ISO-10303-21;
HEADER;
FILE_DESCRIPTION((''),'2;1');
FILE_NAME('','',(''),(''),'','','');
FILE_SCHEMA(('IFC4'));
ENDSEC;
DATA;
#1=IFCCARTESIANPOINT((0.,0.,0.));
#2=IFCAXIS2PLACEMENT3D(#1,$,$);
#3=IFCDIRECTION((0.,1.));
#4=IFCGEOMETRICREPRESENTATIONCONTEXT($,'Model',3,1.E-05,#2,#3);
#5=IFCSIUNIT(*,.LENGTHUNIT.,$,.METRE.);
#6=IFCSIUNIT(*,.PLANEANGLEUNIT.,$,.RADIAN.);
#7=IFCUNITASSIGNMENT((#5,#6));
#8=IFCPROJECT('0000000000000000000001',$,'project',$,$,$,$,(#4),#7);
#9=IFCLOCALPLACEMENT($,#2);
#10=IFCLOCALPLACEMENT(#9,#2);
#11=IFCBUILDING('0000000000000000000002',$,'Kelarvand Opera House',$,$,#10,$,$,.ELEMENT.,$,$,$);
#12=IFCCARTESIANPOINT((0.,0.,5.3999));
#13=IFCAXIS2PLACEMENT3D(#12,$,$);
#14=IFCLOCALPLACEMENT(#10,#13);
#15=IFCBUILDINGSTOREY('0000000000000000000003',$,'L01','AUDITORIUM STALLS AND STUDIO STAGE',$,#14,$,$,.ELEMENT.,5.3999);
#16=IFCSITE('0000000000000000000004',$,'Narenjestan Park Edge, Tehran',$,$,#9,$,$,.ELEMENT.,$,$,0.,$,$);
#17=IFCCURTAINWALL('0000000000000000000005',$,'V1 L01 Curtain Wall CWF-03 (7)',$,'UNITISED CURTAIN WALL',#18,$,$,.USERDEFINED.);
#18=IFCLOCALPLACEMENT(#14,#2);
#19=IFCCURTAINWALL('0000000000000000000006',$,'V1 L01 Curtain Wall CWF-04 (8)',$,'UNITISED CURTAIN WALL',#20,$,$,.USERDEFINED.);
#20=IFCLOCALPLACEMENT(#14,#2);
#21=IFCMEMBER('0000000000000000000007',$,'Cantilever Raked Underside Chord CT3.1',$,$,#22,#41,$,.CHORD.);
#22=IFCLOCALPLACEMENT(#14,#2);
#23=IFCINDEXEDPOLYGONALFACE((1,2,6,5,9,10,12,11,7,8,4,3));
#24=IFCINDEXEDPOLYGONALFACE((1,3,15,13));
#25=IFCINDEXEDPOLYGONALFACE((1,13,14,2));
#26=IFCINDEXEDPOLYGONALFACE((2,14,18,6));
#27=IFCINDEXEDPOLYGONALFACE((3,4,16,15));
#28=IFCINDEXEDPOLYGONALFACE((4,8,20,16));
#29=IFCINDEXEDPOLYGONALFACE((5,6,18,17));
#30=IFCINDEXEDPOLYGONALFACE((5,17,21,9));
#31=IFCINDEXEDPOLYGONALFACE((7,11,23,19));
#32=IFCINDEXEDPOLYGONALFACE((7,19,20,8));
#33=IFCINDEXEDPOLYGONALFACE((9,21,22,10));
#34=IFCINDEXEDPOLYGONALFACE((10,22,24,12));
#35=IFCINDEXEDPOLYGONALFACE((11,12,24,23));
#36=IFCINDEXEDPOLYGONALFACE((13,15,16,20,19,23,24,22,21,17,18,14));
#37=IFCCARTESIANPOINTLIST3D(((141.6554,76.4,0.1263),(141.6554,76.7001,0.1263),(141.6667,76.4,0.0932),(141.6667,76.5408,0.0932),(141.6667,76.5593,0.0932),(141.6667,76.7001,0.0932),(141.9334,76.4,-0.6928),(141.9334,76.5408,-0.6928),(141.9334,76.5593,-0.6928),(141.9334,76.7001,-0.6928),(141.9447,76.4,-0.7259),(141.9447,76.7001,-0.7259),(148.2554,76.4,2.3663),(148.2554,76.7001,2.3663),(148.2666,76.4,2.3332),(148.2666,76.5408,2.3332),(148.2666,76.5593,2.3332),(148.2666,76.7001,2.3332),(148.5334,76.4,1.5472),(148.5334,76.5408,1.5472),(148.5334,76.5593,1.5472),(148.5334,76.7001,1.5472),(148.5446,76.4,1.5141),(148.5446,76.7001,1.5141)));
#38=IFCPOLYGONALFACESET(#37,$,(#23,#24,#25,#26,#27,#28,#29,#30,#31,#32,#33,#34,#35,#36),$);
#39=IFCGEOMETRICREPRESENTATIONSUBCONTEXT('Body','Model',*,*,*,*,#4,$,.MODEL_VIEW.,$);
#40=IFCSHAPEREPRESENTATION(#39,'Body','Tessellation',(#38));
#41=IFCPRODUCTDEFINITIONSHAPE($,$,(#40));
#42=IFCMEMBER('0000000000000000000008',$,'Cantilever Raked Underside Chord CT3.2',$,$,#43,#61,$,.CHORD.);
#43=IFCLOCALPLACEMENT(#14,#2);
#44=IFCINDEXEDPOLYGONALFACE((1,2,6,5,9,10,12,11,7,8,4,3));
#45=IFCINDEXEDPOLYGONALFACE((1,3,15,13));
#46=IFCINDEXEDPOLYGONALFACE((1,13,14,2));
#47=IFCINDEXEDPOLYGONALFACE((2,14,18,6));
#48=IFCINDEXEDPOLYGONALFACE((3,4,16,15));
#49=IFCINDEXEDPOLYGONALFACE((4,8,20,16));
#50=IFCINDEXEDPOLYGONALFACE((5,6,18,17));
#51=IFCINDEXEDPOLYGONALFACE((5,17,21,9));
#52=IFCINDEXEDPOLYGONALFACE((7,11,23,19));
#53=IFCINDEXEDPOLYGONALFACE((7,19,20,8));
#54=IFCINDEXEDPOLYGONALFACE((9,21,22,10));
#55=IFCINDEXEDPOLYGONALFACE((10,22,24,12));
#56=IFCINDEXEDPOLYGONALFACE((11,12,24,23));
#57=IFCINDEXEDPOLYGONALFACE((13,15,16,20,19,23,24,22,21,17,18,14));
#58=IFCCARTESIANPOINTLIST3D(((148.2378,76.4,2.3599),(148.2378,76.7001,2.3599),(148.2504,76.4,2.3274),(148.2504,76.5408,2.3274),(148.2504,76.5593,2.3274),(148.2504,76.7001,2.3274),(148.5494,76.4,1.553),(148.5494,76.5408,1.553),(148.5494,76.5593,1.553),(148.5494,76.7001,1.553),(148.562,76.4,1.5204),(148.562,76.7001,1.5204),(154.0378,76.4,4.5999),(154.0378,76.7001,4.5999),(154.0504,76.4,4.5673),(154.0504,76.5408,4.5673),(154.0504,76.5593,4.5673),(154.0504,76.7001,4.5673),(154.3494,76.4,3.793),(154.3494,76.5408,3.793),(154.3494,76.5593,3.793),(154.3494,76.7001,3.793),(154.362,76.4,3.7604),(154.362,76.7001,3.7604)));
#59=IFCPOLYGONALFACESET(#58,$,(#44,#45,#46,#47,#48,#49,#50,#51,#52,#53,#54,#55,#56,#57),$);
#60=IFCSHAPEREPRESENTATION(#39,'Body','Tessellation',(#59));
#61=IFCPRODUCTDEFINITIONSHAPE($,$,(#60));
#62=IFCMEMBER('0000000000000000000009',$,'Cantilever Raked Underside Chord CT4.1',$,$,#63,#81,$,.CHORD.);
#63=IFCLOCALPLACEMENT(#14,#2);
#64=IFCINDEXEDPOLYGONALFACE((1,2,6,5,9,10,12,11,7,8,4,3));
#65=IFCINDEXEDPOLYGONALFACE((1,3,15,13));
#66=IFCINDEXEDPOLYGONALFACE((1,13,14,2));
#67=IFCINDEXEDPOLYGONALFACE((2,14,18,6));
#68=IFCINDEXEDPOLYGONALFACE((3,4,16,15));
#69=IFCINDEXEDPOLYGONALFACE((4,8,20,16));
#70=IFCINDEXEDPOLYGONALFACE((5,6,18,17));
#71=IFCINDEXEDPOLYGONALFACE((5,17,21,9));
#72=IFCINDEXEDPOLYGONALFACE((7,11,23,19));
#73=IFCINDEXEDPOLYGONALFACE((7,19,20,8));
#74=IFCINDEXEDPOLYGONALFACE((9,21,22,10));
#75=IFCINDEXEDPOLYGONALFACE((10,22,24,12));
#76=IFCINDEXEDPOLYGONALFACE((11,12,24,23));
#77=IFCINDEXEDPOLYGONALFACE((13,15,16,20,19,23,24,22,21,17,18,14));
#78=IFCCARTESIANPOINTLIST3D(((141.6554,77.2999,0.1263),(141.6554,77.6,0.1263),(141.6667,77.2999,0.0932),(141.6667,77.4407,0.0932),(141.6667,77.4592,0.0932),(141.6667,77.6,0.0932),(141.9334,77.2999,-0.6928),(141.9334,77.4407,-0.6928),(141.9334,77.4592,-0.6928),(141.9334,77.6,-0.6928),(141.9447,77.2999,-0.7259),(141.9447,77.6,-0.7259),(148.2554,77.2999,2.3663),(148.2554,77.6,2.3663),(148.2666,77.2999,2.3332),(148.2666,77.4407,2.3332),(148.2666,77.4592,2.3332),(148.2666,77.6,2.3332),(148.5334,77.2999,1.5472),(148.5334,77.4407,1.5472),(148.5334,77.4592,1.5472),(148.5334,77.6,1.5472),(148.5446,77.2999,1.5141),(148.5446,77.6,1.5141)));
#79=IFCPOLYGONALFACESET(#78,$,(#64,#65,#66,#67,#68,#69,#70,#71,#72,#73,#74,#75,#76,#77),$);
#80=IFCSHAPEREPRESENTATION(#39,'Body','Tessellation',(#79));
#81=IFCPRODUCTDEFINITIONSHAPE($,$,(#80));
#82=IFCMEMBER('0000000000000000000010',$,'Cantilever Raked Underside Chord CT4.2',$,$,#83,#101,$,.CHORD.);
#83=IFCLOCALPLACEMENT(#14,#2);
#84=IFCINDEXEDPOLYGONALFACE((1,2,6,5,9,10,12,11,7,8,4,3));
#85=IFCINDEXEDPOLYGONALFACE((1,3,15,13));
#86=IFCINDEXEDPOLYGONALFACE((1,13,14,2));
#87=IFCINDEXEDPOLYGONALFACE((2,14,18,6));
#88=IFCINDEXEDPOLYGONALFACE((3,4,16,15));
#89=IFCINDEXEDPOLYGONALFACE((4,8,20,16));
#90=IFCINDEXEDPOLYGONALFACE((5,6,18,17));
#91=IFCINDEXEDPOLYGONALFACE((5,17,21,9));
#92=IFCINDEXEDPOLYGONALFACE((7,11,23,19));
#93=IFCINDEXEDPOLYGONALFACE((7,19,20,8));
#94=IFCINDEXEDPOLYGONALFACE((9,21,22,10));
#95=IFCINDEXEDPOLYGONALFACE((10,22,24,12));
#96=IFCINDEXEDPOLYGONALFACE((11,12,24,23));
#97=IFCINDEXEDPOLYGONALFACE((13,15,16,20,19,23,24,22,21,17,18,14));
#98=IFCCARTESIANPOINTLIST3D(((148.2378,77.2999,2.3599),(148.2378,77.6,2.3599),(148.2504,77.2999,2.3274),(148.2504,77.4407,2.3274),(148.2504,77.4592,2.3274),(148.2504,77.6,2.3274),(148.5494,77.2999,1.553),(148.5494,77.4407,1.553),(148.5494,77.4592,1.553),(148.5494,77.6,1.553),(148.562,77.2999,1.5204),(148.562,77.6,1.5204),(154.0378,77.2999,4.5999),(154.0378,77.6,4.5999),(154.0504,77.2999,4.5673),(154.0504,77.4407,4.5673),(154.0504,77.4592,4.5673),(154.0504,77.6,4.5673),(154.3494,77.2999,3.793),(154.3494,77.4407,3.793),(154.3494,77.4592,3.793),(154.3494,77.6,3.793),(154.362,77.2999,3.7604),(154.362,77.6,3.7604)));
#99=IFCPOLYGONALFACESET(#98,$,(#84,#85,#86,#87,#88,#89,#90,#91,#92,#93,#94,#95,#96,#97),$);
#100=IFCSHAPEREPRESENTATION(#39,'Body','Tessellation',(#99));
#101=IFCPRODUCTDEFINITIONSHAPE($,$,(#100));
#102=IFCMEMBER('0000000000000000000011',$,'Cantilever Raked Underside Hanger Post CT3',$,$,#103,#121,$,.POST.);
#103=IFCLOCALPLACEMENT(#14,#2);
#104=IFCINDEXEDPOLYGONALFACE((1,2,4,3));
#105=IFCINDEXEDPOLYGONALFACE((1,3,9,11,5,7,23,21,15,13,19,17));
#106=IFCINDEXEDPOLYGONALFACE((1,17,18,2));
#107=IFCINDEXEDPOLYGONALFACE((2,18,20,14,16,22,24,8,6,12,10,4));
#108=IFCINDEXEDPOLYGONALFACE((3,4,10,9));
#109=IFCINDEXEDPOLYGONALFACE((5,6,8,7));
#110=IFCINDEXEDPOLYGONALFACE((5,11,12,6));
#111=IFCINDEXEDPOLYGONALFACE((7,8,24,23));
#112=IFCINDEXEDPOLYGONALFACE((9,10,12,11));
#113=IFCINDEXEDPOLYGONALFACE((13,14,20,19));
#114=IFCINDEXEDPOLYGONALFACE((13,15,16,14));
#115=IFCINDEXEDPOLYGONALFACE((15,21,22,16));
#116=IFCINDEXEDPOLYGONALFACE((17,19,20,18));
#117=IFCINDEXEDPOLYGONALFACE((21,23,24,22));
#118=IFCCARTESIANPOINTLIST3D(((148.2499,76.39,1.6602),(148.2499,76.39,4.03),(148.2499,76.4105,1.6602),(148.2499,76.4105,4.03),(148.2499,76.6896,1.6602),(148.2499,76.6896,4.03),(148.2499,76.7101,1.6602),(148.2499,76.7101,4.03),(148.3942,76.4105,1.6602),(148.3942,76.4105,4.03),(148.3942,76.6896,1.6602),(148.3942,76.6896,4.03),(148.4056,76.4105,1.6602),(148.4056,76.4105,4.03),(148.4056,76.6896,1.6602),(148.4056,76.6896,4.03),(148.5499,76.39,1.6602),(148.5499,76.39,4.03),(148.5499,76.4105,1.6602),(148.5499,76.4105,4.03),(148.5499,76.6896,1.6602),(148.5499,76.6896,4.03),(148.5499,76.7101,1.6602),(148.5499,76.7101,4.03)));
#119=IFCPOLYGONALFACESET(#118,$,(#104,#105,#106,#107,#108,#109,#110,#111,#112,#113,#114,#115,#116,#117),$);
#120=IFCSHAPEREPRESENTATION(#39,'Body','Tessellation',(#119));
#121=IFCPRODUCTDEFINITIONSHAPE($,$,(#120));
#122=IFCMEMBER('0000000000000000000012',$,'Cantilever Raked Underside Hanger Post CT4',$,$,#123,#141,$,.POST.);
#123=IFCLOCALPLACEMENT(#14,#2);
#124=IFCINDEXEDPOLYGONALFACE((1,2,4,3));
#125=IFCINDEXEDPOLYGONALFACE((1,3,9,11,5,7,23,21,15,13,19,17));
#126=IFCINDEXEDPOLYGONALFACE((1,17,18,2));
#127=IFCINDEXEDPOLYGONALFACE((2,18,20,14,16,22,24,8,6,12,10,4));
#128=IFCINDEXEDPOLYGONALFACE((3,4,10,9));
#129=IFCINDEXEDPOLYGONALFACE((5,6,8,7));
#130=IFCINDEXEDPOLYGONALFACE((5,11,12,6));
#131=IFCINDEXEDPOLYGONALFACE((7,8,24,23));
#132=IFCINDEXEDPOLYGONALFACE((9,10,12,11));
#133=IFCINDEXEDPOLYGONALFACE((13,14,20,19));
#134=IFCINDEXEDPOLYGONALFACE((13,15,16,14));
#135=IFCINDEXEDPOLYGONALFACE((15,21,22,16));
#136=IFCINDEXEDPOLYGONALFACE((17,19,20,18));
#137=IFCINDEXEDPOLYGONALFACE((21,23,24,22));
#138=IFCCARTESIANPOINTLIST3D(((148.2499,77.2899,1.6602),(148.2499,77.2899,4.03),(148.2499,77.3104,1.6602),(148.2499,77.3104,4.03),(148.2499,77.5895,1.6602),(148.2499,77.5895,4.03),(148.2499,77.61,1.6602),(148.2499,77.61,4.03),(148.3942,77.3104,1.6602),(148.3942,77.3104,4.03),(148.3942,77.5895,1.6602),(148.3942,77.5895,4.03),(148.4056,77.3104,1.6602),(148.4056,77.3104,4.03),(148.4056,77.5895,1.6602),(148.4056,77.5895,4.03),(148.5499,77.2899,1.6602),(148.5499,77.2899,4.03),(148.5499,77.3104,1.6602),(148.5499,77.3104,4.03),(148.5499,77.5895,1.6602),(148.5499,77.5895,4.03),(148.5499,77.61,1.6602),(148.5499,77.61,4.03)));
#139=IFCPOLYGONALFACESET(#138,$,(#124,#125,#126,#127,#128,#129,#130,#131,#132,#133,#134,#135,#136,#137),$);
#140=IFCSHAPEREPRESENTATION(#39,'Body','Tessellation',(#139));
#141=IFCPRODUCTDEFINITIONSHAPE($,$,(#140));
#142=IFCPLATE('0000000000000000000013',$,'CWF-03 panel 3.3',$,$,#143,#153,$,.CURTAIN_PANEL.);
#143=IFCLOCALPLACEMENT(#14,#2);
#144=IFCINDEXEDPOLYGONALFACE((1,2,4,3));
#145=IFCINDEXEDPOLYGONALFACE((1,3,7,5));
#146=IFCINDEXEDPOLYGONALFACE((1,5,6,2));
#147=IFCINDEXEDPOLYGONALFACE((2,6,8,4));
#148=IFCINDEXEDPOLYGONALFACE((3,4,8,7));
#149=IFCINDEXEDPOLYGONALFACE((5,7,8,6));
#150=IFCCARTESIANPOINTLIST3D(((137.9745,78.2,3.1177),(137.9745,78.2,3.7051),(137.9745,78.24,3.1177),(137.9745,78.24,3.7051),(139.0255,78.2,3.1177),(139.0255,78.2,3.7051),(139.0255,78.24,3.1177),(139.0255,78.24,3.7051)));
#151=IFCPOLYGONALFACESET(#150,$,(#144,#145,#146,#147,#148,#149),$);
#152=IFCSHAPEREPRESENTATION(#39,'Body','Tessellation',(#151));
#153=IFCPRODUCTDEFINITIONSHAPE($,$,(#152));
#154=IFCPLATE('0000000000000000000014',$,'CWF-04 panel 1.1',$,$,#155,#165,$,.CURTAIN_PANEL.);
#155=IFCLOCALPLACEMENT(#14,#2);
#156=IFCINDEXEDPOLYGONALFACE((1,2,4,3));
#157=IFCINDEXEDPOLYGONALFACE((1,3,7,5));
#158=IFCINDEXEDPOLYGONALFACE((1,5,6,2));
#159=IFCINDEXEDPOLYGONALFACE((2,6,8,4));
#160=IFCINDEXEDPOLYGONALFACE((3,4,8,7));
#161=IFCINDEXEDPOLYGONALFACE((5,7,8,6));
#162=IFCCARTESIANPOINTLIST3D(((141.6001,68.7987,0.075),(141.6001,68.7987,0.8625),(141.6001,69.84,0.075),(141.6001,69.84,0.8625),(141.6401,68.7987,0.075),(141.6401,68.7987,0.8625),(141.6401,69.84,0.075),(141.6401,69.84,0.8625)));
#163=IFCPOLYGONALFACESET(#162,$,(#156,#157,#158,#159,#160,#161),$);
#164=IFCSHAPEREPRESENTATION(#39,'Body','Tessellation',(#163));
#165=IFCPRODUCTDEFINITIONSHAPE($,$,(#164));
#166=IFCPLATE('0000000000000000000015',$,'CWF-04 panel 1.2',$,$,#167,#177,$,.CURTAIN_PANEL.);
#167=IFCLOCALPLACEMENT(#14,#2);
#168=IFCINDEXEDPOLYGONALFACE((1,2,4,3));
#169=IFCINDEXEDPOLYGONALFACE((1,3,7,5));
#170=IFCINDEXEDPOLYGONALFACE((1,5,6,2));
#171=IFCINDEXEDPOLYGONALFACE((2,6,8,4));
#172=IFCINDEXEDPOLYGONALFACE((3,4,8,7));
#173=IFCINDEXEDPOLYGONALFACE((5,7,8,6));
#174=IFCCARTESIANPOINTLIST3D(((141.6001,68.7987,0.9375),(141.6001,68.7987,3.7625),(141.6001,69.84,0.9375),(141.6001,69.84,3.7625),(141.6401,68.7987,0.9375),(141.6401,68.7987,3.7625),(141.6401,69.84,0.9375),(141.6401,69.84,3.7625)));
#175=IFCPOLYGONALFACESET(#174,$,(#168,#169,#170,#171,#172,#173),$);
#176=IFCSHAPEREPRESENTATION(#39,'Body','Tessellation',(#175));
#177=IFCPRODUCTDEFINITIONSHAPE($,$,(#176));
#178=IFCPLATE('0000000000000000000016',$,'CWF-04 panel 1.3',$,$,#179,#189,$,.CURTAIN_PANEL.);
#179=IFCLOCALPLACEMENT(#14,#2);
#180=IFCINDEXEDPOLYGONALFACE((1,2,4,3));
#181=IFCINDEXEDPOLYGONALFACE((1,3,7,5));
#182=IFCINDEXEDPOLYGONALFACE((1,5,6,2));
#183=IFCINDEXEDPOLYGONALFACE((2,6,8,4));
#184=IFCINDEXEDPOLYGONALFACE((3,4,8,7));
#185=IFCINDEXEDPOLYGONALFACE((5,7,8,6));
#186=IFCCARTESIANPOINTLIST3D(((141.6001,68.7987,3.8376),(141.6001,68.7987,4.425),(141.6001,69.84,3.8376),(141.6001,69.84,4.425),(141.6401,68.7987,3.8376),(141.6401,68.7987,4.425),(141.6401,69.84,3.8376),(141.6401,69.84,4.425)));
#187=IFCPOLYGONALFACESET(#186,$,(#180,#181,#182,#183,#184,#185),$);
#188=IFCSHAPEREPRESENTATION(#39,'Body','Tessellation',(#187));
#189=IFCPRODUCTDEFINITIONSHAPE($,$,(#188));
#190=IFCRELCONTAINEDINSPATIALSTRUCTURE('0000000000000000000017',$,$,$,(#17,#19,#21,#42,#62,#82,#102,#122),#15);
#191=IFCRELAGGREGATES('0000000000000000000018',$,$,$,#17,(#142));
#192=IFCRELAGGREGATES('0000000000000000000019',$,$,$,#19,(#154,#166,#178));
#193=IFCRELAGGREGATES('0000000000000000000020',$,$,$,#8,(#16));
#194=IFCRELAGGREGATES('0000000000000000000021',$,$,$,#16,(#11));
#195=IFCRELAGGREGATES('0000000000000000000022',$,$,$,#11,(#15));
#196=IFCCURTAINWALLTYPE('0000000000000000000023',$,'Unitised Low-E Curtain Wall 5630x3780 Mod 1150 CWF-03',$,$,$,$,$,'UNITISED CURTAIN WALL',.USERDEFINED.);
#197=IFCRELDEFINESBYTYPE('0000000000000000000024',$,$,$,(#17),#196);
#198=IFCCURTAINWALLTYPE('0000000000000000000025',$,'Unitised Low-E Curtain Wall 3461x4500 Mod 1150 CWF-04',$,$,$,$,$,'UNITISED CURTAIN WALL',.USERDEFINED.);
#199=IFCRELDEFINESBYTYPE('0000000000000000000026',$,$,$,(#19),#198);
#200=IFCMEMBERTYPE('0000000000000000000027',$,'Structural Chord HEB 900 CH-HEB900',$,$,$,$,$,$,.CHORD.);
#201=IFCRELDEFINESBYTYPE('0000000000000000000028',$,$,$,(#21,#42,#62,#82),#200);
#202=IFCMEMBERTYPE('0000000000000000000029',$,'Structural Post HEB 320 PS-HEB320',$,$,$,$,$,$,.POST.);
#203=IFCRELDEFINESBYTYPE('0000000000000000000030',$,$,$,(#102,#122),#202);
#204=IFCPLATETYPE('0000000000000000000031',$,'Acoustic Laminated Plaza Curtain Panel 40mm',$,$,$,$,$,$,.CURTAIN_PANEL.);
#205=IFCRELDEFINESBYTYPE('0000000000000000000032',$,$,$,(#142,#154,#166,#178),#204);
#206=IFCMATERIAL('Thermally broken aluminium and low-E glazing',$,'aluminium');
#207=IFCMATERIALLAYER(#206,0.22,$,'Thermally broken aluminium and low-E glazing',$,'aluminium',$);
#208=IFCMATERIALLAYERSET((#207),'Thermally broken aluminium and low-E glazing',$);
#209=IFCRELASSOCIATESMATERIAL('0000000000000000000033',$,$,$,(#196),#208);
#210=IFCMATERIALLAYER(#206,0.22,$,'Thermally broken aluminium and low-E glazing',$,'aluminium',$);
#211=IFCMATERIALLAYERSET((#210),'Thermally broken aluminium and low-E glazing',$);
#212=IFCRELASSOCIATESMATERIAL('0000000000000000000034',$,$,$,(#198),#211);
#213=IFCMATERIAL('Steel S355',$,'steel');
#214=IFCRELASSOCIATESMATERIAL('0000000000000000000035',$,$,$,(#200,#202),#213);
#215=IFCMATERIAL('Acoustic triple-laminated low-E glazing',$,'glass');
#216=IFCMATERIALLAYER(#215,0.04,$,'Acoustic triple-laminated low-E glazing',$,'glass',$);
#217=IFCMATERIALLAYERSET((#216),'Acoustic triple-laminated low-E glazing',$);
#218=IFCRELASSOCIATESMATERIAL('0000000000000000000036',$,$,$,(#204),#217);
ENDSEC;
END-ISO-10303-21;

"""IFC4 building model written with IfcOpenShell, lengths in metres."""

from ifc_helpers import new_model, si_unit, direction, frame, origin, origin_2d, place, context, subcontext, project, spatial, rectangle, i_section, extrude, material, layer, layer_set, material_profile, profile_set, type_object, element, aggregate, save


model = new_model("IFC4")

# Units and contexts
model_context = context("Model", 3, precision=1e-05, world=origin(), true_north=direction((0.0, 1.0)))
body_context = subcontext(model_context, "Body", "Model", "MODEL_VIEW")
ifc_project = project(units=[si_unit("LENGTHUNIT", "METRE"), si_unit("PLANEANGLEUNIT", "RADIAN")], contexts=[model_context])

# Site, building, storey
site_placement = place(None, origin())
site = spatial("IfcSite", under=ifc_project, at=site_placement, Name="Narenjestan Park Edge, Tehran", CompositionType="ELEMENT", RefElevation=0.0)
building_placement = place(site_placement, origin())
building = spatial("IfcBuilding", under=site, at=building_placement, Name="Kelarvand Opera House", CompositionType="ELEMENT")
storey_placement = place(building_placement, frame((0.0, 0.0, 5.3999)))
storey = spatial("IfcBuildingStorey", under=building, at=storey_placement, Name="L01", Description="AUDITORIUM STALLS AND STUDIO STAGE", CompositionType="ELEMENT", Elevation=5.3999)

# Curtain wall
ifc_material_1 = material(Name="Thermally broken aluminium and low-E glazing", Category="aluminium")
ifc_layer_1 = layer(ifc_material_1, 0.22, Name="Thermally broken aluminium and low-E glazing", Category="aluminium")
ifc_layer_set_1 = layer_set([ifc_layer_1], Name="Thermally broken aluminium and low-E glazing")
curtain_wall_type_1 = type_object("IfcCurtainWallType", Name="Unitised Low-E Curtain Wall 5630x3780 Mod 1150 CWF-03", ElementType="UNITISED CURTAIN WALL", PredefinedType="USERDEFINED", material=ifc_layer_set_1)
curtain_wall_1_placement = place(storey_placement, origin())
curtain_wall_1 = element("IfcCurtainWall", 1, at=curtain_wall_1_placement, inside=storey, type_object=curtain_wall_type_1, Name="V1 L01 Curtain Wall CWF-03 (7)", ObjectType="UNITISED CURTAIN WALL", PredefinedType="USERDEFINED")

# Curtain wall
ifc_layer_2 = layer(ifc_material_1, 0.22, Name="Thermally broken aluminium and low-E glazing", Category="aluminium")
ifc_layer_set_2 = layer_set([ifc_layer_2], Name="Thermally broken aluminium and low-E glazing")
curtain_wall_type_2 = type_object("IfcCurtainWallType", Name="Unitised Low-E Curtain Wall 3461x4500 Mod 1150 CWF-04", ElementType="UNITISED CURTAIN WALL", PredefinedType="USERDEFINED", material=ifc_layer_set_2)
curtain_wall_2_placement = place(storey_placement, origin())
curtain_wall_2 = element("IfcCurtainWall", 2, at=curtain_wall_2_placement, inside=storey, type_object=curtain_wall_type_2, Name="V1 L01 Curtain Wall CWF-04 (8)", ObjectType="UNITISED CURTAIN WALL", PredefinedType="USERDEFINED")

# Members
ifc_material_2 = material(Name="Steel S355", Category="steel")
ifc_material_profile_1 = material_profile(ifc_material_2, i_section(OverallWidth=0.3, OverallDepth=0.8999, WebThickness=0.0186, FlangeThickness=0.0349, at=origin_2d()), Name="HEB 900", Category="steel")
ifc_profile_set_1 = profile_set([ifc_material_profile_1], Name="Steel S355")
member_type_1 = type_object("IfcMemberType", Name="Structural Chord HEB 900 CH-HEB900", PredefinedType="CHORD", material=ifc_profile_set_1)
member_1_placement = place(storey_placement, frame((141.8, 76.55, -0.2998), z_axis=(0.946946, 0.0, 0.321393), x_axis=(0.0, 1.0, 0.0)))
element("IfcMember", 3, at=member_1_placement, inside=storey, type_object=member_type_1, Name="Cantilever Raked Underside Chord CT3.1", PredefinedType="CHORD", context=body_context, shape_type="SweptSolid", body=[
    extrude(i_section(OverallWidth=0.3, OverallDepth=0.8999, WebThickness=0.0186, FlangeThickness=0.0349, at=origin_2d()), origin(), (0.0, 0.0, 1.0), 6.9697),
])
member_2_placement = place(storey_placement, frame((148.3999, 76.55, 1.9402), z_axis=(0.932849, 0.0, 0.360268), x_axis=(0.0, 1.0, 0.0)))
element("IfcMember", 4, at=member_2_placement, inside=storey, type_object=member_type_1, Name="Cantilever Raked Underside Chord CT3.2", PredefinedType="CHORD", context=body_context, shape_type="SweptSolid", body=[
    extrude(i_section(OverallWidth=0.3, OverallDepth=0.8999, WebThickness=0.0186, FlangeThickness=0.0349, at=origin_2d()), origin(), (0.0, 0.0, 1.0), 6.2175),
])
member_3_placement = place(storey_placement, frame((141.8, 77.45, -0.2998), z_axis=(0.946946, 0.0, 0.321393), x_axis=(0.0, 1.0, 0.0)))
element("IfcMember", 5, at=member_3_placement, inside=storey, type_object=member_type_1, Name="Cantilever Raked Underside Chord CT4.1", PredefinedType="CHORD", context=body_context, shape_type="SweptSolid", body=[
    extrude(i_section(OverallWidth=0.3, OverallDepth=0.8999, WebThickness=0.0186, FlangeThickness=0.0349, at=origin_2d()), origin(), (0.0, 0.0, 1.0), 6.9697),
])
member_4_placement = place(storey_placement, frame((148.3999, 77.45, 1.9402), z_axis=(0.932849, 0.0, 0.360268), x_axis=(0.0, 1.0, 0.0)))
element("IfcMember", 6, at=member_4_placement, inside=storey, type_object=member_type_1, Name="Cantilever Raked Underside Chord CT4.2", PredefinedType="CHORD", context=body_context, shape_type="SweptSolid", body=[
    extrude(i_section(OverallWidth=0.3, OverallDepth=0.8999, WebThickness=0.0186, FlangeThickness=0.0349, at=origin_2d()), origin(), (0.0, 0.0, 1.0), 6.2175),
])
ifc_material_profile_2 = material_profile(ifc_material_2, i_section(OverallWidth=0.3, OverallDepth=0.3201, WebThickness=0.0115, FlangeThickness=0.0205, at=origin_2d()), Name="HEB 320", Category="steel")
ifc_profile_set_2 = profile_set([ifc_material_profile_2], Name="Steel S355")
member_type_2 = type_object("IfcMemberType", Name="Structural Post HEB 320 PS-HEB320", PredefinedType="POST", material=ifc_profile_set_2)
for number, where, z_axis, x_axis, name in (
    (7, (148.3999, 76.55, 1.6602), (0.0, 0.0, 1.0), (1.0, 0.0, 0.0), "Cantilever Raked Underside Hanger Post CT3"),
    (8, (148.3999, 77.45, 1.6602), (0.0, 0.0, 1.0), (1.0, 0.0, 0.0), "Cantilever Raked Underside Hanger Post CT4"),
):
    element("IfcMember", number, at=place(storey_placement, frame(where, z_axis=z_axis, x_axis=x_axis)), inside=storey, type_object=member_type_2, Name=name, PredefinedType="POST", context=body_context, shape_type="SweptSolid", body=[
        extrude(i_section(OverallWidth=0.3, OverallDepth=0.3201, WebThickness=0.0115, FlangeThickness=0.0205, at=origin_2d()), origin(), (0.0, 0.0, 1.0), 2.3699),
    ])

# Plates
ifc_material_3 = material(Name="Acoustic triple-laminated low-E glazing", Category="glass")
ifc_layer_3 = layer(ifc_material_3, 0.04, Name="Acoustic triple-laminated low-E glazing", Category="glass")
ifc_layer_set_3 = layer_set([ifc_layer_3], Name="Acoustic triple-laminated low-E glazing")
plate_type = type_object("IfcPlateType", Name="Acoustic Laminated Plaza Curtain Panel 40mm", PredefinedType="CURTAIN_PANEL", material=ifc_layer_set_3)
plate_1_placement = place(storey_placement, frame((138.5, 78.22, 3.1177), z_axis=(0.0, 0.0, 1.0), x_axis=(1.0, 0.0, 0.0)))
plate_1 = element("IfcPlate", 9, at=plate_1_placement, type_object=plate_type, Name="CWF-03 panel 3.3", PredefinedType="CURTAIN_PANEL", context=body_context, shape_type="SweptSolid", body=[
    extrude(rectangle(XDim=1.051, YDim=0.04, at=origin_2d()), origin(), (0.0, 0.0, 1.0), 0.5874),
])
aggregate(curtain_wall_1, [plate_1])
plate_2_placement = place(storey_placement, frame((141.6201, 69.3193, 0.075), z_axis=(0.0, 0.0, 1.0), x_axis=(0.0, -1.0, 0.0)))
plate_2 = element("IfcPlate", 10, at=plate_2_placement, type_object=plate_type, Name="CWF-04 panel 1.1", PredefinedType="CURTAIN_PANEL", context=body_context, shape_type="SweptSolid", body=[
    extrude(rectangle(XDim=1.0413, YDim=0.04, at=origin_2d()), origin(), (0.0, 0.0, 1.0), 0.7876),
])
plate_3_placement = place(storey_placement, frame((141.6201, 69.3193, 0.9375), z_axis=(0.0, 0.0, 1.0), x_axis=(0.0, -1.0, 0.0)))
plate_3 = element("IfcPlate", 11, at=plate_3_placement, type_object=plate_type, Name="CWF-04 panel 1.2", PredefinedType="CURTAIN_PANEL", context=body_context, shape_type="SweptSolid", body=[
    extrude(rectangle(XDim=1.0413, YDim=0.04, at=origin_2d()), origin(), (0.0, 0.0, 1.0), 2.825),
])
plate_4_placement = place(storey_placement, frame((141.6201, 69.3193, 3.8376), z_axis=(0.0, 0.0, 1.0), x_axis=(0.0, -1.0, 0.0)))
plate_4 = element("IfcPlate", 12, at=plate_4_placement, type_object=plate_type, Name="CWF-04 panel 1.3", PredefinedType="CURTAIN_PANEL", context=body_context, shape_type="SweptSolid", body=[
    extrude(rectangle(XDim=1.0413, YDim=0.04, at=origin_2d()), origin(), (0.0, 0.0, 1.0), 0.5874),
])
aggregate(curtain_wall_2, [plate_2, plate_3, plate_4])

save(model, "model.ifc")
